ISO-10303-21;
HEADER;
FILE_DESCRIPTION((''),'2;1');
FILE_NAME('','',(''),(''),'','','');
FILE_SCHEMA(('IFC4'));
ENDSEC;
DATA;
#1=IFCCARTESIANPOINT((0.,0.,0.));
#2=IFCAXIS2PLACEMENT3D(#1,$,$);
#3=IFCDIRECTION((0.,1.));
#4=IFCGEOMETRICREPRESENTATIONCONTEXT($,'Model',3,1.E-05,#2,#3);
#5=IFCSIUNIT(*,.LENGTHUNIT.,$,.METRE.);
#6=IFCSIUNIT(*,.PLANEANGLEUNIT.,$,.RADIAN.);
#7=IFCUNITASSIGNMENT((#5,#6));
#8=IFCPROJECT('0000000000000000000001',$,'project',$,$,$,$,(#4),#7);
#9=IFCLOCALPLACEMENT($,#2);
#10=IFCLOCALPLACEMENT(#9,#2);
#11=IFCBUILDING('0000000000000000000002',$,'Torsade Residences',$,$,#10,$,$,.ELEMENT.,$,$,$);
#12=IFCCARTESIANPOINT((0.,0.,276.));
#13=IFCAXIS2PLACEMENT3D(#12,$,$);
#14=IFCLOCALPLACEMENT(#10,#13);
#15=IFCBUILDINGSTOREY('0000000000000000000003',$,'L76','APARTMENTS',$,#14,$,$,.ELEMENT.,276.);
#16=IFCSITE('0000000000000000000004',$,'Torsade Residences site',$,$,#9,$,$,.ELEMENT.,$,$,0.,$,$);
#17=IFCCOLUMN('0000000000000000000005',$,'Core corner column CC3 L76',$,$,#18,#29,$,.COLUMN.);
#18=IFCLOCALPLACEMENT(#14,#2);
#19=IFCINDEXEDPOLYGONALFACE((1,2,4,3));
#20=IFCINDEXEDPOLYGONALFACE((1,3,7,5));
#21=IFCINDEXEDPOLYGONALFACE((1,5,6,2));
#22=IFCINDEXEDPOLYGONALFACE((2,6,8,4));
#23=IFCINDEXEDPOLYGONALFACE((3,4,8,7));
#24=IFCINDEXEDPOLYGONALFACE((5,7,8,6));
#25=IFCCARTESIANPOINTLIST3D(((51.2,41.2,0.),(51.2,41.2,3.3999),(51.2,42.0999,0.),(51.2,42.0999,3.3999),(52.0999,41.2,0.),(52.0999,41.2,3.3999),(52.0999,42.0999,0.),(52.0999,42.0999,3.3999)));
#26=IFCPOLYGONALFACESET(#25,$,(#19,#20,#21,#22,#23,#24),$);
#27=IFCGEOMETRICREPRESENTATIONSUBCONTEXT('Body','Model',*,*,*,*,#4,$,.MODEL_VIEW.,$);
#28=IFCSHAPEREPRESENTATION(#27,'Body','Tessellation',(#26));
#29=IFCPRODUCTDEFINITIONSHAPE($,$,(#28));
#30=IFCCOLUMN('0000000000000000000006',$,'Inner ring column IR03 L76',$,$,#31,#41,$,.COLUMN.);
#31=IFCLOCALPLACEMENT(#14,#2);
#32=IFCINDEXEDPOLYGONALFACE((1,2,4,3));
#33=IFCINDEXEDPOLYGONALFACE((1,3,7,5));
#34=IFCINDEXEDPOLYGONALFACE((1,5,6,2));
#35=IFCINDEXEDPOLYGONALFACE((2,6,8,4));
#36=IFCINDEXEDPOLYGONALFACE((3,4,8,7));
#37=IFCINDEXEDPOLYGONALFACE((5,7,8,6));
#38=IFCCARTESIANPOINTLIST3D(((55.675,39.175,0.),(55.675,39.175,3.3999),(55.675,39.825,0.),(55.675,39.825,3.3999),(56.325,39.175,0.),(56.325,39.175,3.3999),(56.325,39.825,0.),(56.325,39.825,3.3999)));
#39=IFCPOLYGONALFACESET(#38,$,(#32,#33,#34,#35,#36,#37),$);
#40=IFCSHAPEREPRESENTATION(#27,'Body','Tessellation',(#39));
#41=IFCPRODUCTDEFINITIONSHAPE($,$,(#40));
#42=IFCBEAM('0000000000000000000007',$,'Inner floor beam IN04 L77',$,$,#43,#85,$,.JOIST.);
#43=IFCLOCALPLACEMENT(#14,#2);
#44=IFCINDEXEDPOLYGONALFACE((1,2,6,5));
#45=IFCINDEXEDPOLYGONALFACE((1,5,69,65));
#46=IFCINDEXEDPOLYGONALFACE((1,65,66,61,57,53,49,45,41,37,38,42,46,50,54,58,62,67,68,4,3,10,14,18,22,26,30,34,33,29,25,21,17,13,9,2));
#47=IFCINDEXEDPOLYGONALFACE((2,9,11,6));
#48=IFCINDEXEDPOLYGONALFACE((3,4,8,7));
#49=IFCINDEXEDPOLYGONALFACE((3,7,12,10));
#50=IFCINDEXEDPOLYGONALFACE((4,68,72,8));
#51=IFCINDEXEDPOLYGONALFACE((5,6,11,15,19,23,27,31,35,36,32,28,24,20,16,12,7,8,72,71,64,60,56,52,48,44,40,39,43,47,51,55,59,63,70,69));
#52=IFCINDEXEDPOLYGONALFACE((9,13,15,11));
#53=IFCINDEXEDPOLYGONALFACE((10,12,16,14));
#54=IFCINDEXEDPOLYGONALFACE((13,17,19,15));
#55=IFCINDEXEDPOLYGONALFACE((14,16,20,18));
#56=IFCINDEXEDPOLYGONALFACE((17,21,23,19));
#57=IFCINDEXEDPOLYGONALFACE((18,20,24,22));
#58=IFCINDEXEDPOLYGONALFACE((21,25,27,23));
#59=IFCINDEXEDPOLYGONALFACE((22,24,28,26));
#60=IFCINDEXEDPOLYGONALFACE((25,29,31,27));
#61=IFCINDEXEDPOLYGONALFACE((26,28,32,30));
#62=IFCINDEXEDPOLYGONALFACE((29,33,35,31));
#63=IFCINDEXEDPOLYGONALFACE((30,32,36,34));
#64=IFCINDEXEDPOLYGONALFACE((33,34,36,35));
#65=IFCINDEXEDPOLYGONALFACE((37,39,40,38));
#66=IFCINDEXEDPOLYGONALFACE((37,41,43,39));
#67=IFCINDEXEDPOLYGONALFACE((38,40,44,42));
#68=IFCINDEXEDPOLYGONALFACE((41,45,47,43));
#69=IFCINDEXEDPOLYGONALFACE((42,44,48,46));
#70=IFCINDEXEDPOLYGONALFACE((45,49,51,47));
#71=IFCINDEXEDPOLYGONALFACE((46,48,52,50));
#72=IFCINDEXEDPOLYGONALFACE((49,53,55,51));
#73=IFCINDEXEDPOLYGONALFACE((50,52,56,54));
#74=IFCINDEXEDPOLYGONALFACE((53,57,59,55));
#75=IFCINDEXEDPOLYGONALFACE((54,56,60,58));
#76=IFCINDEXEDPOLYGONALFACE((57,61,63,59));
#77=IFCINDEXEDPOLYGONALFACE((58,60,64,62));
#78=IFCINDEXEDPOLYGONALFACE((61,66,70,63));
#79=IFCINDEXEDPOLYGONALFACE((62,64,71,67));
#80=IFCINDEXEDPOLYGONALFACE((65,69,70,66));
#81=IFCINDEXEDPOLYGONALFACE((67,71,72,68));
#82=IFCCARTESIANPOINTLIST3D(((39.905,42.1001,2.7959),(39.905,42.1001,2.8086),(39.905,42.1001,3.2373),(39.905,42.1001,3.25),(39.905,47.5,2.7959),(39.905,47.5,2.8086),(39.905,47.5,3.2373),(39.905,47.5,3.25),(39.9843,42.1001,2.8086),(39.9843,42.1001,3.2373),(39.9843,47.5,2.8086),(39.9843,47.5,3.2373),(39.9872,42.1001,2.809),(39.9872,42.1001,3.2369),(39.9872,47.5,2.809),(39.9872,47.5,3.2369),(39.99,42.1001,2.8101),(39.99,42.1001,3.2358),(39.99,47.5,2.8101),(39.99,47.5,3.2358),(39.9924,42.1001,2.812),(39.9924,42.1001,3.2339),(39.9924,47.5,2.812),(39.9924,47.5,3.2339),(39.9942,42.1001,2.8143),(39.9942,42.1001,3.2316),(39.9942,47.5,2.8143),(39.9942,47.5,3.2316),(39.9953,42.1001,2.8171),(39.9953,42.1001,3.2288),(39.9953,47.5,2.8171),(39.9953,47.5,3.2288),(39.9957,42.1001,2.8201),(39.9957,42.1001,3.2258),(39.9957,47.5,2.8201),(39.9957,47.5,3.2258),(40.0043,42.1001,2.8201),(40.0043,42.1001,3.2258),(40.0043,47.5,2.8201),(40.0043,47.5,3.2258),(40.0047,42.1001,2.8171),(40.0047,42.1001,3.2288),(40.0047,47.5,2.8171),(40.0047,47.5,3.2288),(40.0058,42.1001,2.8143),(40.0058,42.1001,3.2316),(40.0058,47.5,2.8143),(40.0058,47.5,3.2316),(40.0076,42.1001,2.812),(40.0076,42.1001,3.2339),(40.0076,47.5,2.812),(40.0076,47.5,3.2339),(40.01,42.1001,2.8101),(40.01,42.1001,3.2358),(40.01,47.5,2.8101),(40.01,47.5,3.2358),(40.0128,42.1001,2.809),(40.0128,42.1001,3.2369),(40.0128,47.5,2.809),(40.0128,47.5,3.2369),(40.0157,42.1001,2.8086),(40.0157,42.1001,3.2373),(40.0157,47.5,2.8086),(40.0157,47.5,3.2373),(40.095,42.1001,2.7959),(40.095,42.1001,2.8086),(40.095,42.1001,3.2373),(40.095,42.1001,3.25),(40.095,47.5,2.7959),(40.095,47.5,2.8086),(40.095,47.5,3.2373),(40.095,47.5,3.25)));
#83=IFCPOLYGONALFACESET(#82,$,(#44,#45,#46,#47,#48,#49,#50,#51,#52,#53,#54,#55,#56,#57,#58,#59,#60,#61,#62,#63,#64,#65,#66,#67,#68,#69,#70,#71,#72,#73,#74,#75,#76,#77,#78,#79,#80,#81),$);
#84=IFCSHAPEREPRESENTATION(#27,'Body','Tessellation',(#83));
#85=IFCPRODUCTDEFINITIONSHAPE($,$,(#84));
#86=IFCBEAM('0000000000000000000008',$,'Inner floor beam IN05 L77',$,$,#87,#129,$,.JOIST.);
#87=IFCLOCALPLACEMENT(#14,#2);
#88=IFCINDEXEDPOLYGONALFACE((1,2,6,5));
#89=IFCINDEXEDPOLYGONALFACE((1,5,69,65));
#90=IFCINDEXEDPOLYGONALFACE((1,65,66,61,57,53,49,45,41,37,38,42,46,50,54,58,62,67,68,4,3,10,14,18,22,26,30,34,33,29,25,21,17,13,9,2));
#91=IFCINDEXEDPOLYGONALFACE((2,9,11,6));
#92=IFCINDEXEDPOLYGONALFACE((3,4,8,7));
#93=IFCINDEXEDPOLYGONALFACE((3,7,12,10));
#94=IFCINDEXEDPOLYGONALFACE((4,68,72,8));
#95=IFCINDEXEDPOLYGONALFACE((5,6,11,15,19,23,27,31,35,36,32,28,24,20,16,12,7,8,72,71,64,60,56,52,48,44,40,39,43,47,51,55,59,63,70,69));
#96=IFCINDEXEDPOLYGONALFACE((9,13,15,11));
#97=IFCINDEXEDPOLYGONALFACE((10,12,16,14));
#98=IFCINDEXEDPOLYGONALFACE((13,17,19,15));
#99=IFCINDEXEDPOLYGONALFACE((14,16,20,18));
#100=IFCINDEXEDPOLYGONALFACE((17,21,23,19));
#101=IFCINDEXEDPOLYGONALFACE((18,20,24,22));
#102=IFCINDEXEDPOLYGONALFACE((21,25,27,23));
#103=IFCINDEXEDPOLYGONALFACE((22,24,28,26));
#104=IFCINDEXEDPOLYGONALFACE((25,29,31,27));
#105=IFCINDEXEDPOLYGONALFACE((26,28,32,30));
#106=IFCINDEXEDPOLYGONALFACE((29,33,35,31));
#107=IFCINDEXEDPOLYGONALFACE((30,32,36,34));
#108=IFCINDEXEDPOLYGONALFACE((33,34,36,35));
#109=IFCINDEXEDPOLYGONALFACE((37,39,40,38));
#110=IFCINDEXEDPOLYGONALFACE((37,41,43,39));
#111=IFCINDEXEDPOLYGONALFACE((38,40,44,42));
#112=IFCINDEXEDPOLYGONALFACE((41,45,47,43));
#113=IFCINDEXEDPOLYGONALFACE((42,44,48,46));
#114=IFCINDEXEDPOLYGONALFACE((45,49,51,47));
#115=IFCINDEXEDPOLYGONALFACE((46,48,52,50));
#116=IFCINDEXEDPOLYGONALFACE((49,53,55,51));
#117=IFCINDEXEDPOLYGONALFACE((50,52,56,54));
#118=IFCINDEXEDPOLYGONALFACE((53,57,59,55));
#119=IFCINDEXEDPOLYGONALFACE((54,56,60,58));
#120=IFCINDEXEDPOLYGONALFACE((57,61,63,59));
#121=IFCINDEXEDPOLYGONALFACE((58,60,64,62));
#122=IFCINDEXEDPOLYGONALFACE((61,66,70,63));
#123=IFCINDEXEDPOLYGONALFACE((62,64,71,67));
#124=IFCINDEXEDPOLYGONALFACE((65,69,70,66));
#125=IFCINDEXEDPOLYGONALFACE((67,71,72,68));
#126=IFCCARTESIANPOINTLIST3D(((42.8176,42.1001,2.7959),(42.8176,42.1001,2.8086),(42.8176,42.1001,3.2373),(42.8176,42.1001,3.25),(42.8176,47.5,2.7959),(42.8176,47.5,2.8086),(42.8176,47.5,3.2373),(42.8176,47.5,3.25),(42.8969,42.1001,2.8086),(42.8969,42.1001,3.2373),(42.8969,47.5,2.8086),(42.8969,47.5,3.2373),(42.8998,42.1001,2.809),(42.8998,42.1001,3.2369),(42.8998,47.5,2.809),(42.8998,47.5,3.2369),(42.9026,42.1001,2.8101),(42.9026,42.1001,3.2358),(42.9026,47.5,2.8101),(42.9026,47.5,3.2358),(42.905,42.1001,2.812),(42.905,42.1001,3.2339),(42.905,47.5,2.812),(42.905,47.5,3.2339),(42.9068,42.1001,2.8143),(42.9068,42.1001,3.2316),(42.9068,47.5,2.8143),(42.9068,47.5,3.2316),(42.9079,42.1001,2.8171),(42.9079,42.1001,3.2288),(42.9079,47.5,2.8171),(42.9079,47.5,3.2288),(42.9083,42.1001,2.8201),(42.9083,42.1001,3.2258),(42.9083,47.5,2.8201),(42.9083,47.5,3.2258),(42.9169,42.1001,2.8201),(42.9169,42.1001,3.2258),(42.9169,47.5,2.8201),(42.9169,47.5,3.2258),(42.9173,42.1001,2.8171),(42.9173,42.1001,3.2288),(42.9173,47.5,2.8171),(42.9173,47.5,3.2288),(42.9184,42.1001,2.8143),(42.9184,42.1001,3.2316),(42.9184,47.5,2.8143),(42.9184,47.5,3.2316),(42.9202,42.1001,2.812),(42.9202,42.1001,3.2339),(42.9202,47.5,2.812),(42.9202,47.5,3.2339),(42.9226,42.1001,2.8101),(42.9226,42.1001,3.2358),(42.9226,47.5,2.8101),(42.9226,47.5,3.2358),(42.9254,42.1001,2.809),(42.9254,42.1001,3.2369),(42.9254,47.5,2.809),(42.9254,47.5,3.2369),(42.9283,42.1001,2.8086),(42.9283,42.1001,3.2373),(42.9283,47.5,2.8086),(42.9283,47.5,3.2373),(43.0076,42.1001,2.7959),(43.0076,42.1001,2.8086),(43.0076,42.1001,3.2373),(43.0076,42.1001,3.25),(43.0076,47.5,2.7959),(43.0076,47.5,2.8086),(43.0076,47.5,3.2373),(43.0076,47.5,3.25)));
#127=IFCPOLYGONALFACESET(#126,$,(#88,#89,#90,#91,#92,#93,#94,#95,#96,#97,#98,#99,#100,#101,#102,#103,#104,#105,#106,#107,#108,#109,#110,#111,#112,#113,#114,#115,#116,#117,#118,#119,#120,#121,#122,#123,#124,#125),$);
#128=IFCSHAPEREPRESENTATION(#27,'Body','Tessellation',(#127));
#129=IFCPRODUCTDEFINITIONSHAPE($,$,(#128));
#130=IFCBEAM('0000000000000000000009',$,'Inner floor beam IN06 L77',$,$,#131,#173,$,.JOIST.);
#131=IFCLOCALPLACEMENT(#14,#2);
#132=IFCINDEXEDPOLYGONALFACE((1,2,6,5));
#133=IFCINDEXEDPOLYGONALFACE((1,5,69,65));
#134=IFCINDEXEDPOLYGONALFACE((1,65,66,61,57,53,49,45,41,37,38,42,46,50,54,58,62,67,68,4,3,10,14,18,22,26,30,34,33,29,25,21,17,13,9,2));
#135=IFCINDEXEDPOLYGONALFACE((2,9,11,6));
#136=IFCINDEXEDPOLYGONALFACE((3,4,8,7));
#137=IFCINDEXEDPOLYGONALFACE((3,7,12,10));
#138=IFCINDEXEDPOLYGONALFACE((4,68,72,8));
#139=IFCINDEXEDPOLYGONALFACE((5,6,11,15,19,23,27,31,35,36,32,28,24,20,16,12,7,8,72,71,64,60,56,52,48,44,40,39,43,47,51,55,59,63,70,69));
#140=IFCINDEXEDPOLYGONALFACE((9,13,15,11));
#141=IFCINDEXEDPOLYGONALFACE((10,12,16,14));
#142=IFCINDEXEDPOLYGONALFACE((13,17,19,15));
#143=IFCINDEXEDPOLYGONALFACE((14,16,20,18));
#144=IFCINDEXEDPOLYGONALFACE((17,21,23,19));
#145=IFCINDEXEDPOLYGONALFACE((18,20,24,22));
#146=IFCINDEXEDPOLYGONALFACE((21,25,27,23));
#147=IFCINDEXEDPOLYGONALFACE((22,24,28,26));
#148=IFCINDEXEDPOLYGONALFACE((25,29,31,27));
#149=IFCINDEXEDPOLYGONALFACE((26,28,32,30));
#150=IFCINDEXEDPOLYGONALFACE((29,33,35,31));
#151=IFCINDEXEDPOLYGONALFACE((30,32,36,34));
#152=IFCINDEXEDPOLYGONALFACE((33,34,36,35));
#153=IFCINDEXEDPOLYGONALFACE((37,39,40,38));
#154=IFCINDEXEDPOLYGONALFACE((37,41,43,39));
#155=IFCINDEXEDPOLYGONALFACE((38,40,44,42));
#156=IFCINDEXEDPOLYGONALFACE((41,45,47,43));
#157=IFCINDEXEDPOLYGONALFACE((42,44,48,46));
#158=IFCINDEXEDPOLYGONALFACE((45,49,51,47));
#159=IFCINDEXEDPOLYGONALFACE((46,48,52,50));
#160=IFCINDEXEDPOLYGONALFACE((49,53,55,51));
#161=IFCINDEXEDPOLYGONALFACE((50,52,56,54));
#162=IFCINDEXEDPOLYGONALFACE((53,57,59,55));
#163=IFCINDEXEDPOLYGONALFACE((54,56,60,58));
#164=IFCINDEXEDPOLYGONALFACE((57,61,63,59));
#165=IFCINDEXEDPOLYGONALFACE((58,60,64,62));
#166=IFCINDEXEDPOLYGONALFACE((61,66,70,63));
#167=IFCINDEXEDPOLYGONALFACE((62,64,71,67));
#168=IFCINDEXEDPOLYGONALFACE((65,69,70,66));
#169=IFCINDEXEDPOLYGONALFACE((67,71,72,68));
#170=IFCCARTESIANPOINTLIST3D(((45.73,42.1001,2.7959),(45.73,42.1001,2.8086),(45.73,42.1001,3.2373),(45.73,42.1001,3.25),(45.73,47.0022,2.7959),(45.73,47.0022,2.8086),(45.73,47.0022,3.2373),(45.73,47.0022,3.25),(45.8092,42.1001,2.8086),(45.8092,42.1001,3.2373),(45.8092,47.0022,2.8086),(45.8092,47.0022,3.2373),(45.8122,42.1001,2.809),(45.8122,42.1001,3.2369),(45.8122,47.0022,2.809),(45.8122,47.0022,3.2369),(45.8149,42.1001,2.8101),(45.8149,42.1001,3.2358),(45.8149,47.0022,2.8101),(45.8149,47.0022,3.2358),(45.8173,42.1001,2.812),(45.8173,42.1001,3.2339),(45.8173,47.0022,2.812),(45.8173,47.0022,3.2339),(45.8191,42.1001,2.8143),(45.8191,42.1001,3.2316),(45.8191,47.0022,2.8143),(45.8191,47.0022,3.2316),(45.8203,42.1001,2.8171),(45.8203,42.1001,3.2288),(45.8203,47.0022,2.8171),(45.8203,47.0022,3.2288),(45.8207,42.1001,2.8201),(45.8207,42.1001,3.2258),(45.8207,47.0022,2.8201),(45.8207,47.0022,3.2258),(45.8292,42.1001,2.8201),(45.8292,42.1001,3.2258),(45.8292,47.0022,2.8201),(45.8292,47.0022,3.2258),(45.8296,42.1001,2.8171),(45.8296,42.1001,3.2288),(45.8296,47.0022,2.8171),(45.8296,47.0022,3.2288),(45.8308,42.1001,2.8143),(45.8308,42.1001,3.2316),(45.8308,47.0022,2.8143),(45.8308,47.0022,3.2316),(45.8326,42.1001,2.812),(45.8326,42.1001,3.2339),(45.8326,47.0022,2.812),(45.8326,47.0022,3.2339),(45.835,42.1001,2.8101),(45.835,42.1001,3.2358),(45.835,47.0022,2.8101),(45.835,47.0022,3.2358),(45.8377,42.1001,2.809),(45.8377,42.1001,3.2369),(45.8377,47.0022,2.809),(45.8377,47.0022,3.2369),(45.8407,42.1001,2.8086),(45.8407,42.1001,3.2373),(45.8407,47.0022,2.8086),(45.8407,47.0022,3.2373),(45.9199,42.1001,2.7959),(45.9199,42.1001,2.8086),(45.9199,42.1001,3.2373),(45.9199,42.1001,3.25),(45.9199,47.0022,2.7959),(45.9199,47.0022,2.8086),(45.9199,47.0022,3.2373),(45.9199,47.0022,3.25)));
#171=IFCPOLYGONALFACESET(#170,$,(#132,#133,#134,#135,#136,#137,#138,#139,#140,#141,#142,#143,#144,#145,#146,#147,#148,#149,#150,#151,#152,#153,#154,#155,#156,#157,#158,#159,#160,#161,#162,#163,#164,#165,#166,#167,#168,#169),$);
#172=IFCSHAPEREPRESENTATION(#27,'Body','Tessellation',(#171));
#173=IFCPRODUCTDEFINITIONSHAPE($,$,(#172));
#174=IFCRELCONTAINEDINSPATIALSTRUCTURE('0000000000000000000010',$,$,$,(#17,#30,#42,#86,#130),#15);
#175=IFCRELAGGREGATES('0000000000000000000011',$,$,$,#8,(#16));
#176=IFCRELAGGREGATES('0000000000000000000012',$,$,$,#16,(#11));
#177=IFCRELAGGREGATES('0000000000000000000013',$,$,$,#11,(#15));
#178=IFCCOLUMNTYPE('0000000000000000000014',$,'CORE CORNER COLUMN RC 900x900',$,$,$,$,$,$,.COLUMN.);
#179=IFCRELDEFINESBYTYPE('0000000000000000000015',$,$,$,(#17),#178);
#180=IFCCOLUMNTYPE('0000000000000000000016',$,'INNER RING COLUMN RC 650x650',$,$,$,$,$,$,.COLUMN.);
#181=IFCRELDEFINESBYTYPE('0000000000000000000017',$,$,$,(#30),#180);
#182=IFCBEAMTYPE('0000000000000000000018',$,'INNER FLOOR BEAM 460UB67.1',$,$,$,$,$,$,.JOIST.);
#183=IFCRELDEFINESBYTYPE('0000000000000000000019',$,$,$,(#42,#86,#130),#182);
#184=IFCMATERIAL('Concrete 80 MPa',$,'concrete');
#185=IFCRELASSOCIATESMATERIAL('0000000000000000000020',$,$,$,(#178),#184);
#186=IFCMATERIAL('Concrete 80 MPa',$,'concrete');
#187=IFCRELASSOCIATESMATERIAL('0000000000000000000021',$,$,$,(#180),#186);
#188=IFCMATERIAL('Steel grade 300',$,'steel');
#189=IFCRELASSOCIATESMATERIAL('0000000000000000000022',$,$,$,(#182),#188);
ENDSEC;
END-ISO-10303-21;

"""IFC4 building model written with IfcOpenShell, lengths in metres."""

from ifc_helpers import new_model, si_unit, direction, frame, origin, origin_2d, place, context, subcontext, project, spatial, rectangle, i_section, extrude, material, material_profile, profile_set, type_object, element, save


model = new_model("IFC4")

# Units and contexts
model_context = context("Model", 3, precision=1e-05, world=origin(), true_north=direction((0.0, 1.0)))
body_context = subcontext(model_context, "Body", "Model", "MODEL_VIEW")
ifc_project = project(units=[si_unit("LENGTHUNIT", "METRE"), si_unit("PLANEANGLEUNIT", "RADIAN")], contexts=[model_context])

# Site, building, storey
site_placement = place(None, origin())
site = spatial("IfcSite", under=ifc_project, at=site_placement, Name="Torsade Residences site", CompositionType="ELEMENT", RefElevation=0.0)
building_placement = place(site_placement, origin())
building = spatial("IfcBuilding", under=site, at=building_placement, Name="Torsade Residences", CompositionType="ELEMENT")
storey_placement = place(building_placement, frame((0.0, 0.0, 276.0)))
storey = spatial("IfcBuildingStorey", under=building, at=storey_placement, Name="L76", Description="APARTMENTS", CompositionType="ELEMENT", Elevation=276.0)

# Columns
ifc_material_1 = material(Name="Concrete 80 MPa", Category="concrete")
ifc_material_profile_1 = material_profile(ifc_material_1, rectangle(XDim=0.8999, YDim=0.8999, at=origin_2d()), Name="RC 900x900")
ifc_profile_set_1 = profile_set([ifc_material_profile_1], Name="Concrete 80 MPa")
column_type_1 = type_object("IfcColumnType", Name="CORE CORNER COLUMN RC 900x900", PredefinedType="COLUMN", material=ifc_profile_set_1)
column_1_placement = place(storey_placement, frame((51.6499, 41.6499, 0.0), z_axis=(0.0, 0.0, 1.0), x_axis=(1.0, 0.0, 0.0)))
element("IfcColumn", 1, at=column_1_placement, inside=storey, type_object=column_type_1, Name="Core corner column CC3 L76", PredefinedType="COLUMN", context=body_context, shape_type="SweptSolid", body=[
    extrude(rectangle(XDim=0.8999, YDim=0.8999, at=origin_2d()), origin(), (0.0, 0.0, 1.0), 3.3999),
])
ifc_material_2 = material(Name="Concrete 80 MPa", Category="concrete")
ifc_material_profile_2 = material_profile(ifc_material_2, rectangle(XDim=0.6499, YDim=0.6499, at=origin_2d()), Name="RC 650x650")
ifc_profile_set_2 = profile_set([ifc_material_profile_2], Name="Concrete 80 MPa")
column_type_2 = type_object("IfcColumnType", Name="INNER RING COLUMN RC 650x650", PredefinedType="COLUMN", material=ifc_profile_set_2)
column_2_placement = place(storey_placement, frame((56.0, 39.5, 0.0), z_axis=(0.0, 0.0, 1.0), x_axis=(1.0, 0.0, 0.0)))
element("IfcColumn", 2, at=column_2_placement, inside=storey, type_object=column_type_2, Name="Inner ring column IR03 L76", PredefinedType="COLUMN", context=body_context, shape_type="SweptSolid", body=[
    extrude(rectangle(XDim=0.6499, YDim=0.6499, at=origin_2d()), origin(), (0.0, 0.0, 1.0), 3.3999),
])

# Beams
ifc_material_3 = material(Name="Steel grade 300", Category="steel")
ifc_material_profile_3 = material_profile(ifc_material_3, i_section(OverallWidth=0.1899, OverallDepth=0.4541, WebThickness=0.0085, FlangeThickness=0.0127, FilletRadius=0.0115, at=origin_2d()), Name="460UB67.1")
ifc_profile_set_3 = profile_set([ifc_material_profile_3], Name="Steel grade 300")
beam_type_1 = type_object("IfcBeamType", Name="INNER FLOOR BEAM 460UB67.1", PredefinedType="JOIST", material=ifc_profile_set_3)
for number, where, z_axis, x_axis, name in (
    (3, (40.0, 42.1001, 3.0229), (0.0, 1.0, 0.0), (-1.0, 0.0, 0.0), "Inner floor beam IN04 L77"),
    (4, (42.9126, 42.1001, 3.0229), (0.0, 1.0, 0.0), (-1.0, 0.0, 0.0), "Inner floor beam IN05 L77"),
):
    element("IfcBeam", number, at=place(storey_placement, frame(where, z_axis=z_axis, x_axis=x_axis)), inside=storey, type_object=beam_type_1, Name=name, PredefinedType="JOIST", context=body_context, shape_type="SweptSolid", body=[
        extrude(i_section(OverallWidth=0.1899, OverallDepth=0.4541, WebThickness=0.0085, FlangeThickness=0.0127, FilletRadius=0.0115, at=origin_2d()), origin(), (0.0, 0.0, 1.0), 5.3999),
    ])
beam_1_placement = place(storey_placement, frame((45.825, 42.1001, 3.0229), z_axis=(0.0, 1.0, 0.0), x_axis=(-1.0, 0.0, 0.0)))
element("IfcBeam", 5, at=beam_1_placement, inside=storey, type_object=beam_type_1, Name="Inner floor beam IN06 L77", PredefinedType="JOIST", context=body_context, shape_type="SweptSolid", body=[
    extrude(i_section(OverallWidth=0.1899, OverallDepth=0.4541, WebThickness=0.0085, FlangeThickness=0.0127, FilletRadius=0.0115, at=origin_2d()), origin(), (0.0, 0.0, 1.0), 4.9021),
])

save(model, "model.ifc")
